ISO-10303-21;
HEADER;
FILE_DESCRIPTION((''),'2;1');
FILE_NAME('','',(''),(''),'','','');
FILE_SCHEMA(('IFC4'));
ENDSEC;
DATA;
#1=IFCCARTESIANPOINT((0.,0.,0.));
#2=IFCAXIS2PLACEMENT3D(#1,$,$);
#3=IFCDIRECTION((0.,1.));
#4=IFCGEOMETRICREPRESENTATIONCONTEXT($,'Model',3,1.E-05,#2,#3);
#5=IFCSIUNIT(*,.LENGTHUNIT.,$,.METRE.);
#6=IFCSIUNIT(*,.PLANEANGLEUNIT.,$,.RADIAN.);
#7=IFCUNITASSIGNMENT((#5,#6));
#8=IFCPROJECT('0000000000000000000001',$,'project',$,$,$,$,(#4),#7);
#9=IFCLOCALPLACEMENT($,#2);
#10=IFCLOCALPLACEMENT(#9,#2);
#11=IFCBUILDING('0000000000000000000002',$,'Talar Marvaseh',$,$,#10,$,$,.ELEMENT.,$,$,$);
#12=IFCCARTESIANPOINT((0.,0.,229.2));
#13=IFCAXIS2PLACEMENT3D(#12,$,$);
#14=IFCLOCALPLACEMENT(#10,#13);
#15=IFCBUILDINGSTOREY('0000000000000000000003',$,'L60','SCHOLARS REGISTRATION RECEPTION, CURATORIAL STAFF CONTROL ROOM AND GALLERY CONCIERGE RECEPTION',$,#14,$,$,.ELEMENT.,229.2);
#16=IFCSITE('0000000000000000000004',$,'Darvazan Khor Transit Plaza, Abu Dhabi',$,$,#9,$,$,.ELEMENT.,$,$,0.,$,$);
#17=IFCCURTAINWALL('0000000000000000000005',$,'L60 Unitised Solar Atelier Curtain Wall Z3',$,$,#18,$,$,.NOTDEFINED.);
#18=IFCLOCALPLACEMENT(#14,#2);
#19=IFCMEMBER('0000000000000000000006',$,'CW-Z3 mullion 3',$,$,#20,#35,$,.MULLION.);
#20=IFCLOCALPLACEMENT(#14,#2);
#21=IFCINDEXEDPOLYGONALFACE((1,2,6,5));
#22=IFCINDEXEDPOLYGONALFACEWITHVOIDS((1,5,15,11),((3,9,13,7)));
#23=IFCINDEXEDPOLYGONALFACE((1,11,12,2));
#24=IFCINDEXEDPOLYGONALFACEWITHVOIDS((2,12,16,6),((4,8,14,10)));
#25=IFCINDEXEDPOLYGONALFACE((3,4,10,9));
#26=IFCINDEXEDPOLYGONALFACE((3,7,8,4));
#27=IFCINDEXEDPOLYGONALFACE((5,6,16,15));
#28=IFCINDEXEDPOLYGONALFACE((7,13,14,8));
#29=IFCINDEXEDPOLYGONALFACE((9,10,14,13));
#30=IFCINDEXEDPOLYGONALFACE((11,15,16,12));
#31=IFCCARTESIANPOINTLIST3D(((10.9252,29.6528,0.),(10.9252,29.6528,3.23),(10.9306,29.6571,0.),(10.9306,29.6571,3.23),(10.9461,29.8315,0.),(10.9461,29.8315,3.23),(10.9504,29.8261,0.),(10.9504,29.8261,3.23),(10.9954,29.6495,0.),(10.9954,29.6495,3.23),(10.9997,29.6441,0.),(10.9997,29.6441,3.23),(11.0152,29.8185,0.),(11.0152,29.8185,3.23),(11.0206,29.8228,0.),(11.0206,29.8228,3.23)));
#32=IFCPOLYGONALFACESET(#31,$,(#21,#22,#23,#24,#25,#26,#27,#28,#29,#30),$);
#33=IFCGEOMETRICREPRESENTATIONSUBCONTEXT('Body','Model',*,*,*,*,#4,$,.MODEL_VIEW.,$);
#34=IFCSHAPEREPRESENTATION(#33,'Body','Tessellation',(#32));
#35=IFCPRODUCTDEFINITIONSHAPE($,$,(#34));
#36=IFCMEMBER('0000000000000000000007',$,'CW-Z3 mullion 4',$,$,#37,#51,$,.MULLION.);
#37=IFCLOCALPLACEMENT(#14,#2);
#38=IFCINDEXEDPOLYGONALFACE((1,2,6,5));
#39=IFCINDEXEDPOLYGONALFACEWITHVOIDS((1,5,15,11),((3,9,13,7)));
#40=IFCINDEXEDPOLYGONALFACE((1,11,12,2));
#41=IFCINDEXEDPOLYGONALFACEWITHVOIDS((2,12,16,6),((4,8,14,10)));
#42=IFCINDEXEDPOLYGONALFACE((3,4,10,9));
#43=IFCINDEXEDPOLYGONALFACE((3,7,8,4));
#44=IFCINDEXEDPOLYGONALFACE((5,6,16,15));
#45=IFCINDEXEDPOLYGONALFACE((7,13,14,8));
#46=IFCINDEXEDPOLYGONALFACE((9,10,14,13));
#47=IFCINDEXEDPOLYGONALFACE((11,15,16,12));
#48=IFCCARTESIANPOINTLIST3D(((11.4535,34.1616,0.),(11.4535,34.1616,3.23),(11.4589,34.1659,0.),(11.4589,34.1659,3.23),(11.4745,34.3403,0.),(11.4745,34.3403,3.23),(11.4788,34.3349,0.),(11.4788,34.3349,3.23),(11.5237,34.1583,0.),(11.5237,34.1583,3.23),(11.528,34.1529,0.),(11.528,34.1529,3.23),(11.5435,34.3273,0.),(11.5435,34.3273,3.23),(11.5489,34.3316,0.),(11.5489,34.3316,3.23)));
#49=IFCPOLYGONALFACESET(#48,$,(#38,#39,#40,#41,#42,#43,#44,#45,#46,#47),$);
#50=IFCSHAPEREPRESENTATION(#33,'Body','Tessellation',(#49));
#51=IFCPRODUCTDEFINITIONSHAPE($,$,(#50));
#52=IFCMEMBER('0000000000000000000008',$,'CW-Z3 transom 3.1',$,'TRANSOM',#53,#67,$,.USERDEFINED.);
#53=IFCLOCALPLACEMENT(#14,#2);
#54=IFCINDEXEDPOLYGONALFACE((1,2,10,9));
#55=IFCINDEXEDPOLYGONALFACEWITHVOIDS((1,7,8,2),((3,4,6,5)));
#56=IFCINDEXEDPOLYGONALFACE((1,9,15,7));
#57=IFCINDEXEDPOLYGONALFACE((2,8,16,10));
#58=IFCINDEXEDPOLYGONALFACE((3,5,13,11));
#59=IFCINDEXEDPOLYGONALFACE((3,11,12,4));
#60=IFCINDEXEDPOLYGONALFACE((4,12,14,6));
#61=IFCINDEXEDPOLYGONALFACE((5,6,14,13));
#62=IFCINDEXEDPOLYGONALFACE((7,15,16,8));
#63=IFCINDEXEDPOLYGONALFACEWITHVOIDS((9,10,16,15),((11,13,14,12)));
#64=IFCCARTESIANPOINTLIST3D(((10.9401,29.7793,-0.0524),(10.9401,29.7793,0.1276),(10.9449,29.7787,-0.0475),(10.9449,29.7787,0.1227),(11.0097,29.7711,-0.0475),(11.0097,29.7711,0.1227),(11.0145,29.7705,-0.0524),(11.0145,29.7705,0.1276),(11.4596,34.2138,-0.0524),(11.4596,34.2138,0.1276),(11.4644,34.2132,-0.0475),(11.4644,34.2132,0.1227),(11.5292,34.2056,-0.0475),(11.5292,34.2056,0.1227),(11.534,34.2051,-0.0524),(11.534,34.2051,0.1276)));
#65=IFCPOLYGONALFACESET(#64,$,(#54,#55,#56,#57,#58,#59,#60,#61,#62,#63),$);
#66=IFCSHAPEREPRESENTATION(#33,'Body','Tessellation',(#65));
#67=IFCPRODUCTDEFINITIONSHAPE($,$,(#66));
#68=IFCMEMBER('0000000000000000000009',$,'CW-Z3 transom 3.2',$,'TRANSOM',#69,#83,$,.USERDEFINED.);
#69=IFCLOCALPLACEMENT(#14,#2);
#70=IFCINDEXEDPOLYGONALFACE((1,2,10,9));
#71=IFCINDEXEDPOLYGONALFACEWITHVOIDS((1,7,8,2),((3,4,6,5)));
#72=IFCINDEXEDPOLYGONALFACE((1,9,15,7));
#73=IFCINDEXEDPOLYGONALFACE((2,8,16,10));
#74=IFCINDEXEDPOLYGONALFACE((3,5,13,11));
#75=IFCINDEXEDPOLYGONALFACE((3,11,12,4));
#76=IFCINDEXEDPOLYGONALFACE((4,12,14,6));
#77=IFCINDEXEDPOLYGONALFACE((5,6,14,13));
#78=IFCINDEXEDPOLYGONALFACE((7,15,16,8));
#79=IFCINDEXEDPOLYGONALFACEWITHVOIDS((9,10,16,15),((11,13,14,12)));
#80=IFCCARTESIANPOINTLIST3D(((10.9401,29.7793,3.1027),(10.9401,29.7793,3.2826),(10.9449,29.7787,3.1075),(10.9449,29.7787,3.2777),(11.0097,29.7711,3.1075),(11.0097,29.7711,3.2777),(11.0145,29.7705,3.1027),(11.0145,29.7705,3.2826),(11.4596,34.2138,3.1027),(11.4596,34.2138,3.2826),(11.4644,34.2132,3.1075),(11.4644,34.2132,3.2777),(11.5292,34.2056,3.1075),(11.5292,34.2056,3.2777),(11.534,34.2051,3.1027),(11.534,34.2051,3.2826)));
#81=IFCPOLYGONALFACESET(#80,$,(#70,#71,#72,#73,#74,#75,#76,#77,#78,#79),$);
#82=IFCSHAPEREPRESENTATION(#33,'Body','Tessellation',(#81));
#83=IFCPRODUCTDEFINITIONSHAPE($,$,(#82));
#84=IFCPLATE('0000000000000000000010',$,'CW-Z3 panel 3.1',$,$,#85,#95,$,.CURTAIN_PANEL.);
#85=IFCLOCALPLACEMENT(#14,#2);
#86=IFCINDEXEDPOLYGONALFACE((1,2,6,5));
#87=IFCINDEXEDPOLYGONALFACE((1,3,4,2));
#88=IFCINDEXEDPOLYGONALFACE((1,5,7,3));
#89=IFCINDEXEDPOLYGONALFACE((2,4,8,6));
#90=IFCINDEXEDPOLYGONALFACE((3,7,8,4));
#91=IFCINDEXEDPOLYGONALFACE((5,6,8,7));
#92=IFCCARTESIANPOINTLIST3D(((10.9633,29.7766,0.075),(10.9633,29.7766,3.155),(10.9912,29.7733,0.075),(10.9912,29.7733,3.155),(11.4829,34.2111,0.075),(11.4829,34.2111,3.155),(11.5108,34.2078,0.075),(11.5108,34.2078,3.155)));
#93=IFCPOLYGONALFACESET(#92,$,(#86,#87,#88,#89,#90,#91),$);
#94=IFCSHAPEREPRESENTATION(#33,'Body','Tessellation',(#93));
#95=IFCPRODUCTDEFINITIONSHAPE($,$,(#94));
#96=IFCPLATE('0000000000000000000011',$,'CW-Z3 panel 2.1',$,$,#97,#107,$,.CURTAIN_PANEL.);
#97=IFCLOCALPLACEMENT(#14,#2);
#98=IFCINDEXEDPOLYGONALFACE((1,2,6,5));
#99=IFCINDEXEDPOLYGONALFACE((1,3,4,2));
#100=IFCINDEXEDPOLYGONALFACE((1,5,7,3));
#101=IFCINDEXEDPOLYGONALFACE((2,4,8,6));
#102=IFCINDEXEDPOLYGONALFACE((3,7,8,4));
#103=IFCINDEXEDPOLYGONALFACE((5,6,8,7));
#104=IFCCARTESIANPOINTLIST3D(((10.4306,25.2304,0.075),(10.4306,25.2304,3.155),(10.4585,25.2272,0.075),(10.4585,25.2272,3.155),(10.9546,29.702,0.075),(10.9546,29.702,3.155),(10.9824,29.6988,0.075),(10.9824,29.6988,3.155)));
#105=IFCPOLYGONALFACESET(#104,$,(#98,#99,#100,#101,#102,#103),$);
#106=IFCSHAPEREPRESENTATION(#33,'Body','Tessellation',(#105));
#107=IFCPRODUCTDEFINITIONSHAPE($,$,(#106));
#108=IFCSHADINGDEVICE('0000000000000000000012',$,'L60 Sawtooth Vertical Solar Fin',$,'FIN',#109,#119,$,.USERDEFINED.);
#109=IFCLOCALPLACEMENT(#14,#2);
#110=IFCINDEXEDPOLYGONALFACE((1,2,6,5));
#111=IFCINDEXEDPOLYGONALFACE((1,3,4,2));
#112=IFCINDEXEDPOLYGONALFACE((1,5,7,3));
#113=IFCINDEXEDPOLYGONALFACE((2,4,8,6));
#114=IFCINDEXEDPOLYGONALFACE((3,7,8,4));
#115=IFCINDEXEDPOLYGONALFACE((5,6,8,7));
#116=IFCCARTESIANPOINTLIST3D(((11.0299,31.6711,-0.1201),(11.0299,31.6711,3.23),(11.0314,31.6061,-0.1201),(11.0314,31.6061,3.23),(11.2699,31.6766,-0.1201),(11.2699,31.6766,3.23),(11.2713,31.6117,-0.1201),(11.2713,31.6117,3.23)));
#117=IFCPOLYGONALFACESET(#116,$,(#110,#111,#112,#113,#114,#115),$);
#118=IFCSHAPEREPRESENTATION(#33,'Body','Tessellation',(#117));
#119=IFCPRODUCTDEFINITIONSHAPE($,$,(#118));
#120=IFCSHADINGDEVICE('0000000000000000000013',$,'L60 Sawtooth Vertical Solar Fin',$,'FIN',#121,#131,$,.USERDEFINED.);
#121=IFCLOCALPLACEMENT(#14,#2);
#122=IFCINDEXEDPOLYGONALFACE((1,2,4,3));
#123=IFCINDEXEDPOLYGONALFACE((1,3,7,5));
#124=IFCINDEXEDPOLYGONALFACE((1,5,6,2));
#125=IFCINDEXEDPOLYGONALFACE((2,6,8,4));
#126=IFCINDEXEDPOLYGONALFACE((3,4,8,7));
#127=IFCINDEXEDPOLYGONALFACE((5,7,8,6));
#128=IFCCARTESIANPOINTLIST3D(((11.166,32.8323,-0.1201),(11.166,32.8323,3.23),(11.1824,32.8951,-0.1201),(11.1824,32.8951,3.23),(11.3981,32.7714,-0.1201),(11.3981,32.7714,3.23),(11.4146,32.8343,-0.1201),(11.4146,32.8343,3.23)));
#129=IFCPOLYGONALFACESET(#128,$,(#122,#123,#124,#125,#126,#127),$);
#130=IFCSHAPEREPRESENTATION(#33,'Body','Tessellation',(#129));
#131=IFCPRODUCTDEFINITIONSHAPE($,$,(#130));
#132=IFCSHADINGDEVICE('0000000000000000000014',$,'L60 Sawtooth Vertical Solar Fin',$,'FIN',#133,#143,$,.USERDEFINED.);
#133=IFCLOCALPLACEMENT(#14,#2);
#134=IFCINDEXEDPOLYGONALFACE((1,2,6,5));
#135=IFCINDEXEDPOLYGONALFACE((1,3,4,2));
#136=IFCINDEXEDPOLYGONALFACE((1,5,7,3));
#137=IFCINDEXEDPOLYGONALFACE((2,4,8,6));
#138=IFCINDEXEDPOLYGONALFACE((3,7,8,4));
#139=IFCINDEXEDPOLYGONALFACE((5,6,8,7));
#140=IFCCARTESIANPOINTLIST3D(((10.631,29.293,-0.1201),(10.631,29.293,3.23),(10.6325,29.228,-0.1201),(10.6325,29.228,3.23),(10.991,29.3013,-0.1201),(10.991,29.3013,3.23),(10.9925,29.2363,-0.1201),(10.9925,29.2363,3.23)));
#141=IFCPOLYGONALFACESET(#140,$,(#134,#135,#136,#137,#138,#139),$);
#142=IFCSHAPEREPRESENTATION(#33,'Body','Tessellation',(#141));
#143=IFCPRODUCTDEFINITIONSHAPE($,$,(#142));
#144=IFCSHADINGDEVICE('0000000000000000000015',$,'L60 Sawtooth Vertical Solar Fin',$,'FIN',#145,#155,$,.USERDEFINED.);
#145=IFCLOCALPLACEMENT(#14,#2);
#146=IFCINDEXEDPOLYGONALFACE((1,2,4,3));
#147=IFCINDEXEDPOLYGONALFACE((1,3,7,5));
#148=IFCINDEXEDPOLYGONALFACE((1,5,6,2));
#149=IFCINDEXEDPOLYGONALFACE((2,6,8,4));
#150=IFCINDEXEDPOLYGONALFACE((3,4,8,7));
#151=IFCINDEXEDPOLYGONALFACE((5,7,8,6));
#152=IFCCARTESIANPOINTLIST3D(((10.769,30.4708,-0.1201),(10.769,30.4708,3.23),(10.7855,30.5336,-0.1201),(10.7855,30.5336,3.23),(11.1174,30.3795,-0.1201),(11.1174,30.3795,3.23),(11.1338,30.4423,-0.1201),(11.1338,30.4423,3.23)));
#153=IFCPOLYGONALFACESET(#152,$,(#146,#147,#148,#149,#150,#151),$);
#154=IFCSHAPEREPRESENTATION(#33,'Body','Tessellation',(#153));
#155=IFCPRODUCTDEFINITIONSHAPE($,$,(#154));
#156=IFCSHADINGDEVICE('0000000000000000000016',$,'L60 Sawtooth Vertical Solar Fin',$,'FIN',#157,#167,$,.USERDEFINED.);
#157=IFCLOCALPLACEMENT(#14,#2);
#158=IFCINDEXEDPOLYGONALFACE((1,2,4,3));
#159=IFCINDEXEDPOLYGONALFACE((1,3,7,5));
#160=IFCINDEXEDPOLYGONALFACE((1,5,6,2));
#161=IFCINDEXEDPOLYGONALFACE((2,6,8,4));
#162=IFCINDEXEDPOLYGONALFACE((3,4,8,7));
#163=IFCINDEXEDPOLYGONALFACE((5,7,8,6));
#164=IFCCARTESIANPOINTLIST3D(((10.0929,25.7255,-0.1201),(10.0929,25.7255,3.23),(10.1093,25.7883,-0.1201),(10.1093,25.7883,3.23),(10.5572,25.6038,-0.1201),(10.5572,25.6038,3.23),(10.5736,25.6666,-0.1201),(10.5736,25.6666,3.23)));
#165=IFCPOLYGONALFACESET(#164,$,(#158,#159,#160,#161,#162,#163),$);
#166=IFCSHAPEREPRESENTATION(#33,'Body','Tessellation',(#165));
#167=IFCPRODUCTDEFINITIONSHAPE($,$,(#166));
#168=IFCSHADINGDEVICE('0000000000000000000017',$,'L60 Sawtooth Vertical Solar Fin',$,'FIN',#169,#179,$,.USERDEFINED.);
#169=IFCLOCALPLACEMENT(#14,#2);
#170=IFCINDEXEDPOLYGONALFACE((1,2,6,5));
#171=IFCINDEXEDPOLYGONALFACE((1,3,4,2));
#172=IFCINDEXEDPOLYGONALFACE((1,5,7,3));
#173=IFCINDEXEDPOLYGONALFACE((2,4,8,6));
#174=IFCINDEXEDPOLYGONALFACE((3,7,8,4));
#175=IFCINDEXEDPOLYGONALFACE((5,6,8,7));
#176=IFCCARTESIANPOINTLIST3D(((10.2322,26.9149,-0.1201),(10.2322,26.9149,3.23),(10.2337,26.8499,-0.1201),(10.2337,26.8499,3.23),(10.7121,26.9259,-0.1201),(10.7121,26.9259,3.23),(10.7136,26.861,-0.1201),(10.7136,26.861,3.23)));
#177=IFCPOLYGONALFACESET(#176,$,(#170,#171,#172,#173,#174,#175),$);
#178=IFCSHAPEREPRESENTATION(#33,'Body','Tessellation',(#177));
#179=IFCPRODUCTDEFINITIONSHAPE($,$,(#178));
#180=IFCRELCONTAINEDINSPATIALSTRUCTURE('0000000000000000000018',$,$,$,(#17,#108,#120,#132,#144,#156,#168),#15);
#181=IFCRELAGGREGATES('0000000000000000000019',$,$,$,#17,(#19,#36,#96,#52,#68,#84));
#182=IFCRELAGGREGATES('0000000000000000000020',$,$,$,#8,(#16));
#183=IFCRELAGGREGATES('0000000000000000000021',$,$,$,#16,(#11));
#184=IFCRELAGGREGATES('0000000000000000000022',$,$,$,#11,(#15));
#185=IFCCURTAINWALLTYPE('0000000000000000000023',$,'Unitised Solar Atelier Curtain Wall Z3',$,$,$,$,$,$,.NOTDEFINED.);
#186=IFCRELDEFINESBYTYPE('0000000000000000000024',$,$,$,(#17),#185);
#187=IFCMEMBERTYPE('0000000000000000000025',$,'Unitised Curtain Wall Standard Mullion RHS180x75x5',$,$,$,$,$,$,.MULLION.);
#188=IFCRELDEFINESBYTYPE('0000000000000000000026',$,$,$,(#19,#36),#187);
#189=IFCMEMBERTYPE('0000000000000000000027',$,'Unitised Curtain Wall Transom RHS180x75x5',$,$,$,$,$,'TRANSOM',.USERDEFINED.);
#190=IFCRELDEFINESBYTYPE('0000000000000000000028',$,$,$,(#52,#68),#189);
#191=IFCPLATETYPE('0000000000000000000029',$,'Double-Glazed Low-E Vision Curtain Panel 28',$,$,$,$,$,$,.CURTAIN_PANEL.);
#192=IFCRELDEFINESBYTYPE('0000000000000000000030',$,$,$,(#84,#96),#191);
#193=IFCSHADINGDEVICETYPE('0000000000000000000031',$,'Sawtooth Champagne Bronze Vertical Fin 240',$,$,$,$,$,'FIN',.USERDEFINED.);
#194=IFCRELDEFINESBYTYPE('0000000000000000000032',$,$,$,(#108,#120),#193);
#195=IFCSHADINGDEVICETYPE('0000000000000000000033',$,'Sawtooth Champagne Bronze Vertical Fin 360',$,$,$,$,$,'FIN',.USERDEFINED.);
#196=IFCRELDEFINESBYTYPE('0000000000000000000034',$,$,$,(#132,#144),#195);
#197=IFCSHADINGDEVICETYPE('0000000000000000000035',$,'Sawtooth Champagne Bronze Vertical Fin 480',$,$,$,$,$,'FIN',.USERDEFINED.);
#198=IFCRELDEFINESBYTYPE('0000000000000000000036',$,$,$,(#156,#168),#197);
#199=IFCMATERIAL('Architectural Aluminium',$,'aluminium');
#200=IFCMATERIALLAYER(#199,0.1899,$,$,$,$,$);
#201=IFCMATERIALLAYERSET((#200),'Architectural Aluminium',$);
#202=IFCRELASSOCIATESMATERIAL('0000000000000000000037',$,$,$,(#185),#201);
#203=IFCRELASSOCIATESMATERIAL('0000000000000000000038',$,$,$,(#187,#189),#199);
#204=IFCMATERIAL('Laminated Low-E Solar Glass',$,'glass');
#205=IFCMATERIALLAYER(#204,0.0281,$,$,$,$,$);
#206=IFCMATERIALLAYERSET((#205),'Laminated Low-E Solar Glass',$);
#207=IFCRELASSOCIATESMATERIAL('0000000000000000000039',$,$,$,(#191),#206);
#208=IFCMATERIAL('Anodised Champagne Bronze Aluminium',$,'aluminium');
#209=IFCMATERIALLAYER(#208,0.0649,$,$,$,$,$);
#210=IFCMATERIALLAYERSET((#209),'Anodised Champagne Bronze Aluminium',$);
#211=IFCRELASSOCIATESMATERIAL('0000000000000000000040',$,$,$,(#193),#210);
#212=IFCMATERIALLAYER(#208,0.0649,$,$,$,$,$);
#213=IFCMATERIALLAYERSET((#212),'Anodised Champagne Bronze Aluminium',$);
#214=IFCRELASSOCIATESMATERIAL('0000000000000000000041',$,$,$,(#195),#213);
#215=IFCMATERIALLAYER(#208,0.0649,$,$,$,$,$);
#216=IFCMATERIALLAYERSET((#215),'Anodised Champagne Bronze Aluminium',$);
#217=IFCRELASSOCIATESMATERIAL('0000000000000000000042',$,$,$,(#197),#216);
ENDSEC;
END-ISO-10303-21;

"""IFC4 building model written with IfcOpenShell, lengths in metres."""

from ifc_helpers import new_model, si_unit, direction, frame, origin, origin_2d, place, context, subcontext, project, spatial, rectangle, hollow_rectangle, extrude, source, transform, mapped, material, layer, layer_set, material_profile, profile_set, type_object, type_shapes, element, aggregate, save


model = new_model("IFC4")

# Units and contexts
model_context = context("Model", 3, precision=1e-05, world=origin(), true_north=direction((0.0, 1.0)))
body_context = subcontext(model_context, "Body", "Model", "MODEL_VIEW")
ifc_project = project(units=[si_unit("LENGTHUNIT", "METRE"), si_unit("PLANEANGLEUNIT", "RADIAN")], contexts=[model_context])

# Site, building, storey
site_placement = place(None, origin())
site = spatial("IfcSite", under=ifc_project, at=site_placement, Name="Darvazan Khor Transit Plaza, Abu Dhabi", CompositionType="ELEMENT", RefElevation=0.0)
building_placement = place(site_placement, origin())
building = spatial("IfcBuilding", under=site, at=building_placement, Name="Talar Marvaseh", CompositionType="ELEMENT")
storey_placement = place(building_placement, frame((0.0, 0.0, 229.2)))
storey = spatial("IfcBuildingStorey", under=building, at=storey_placement, Name="L60", Description="SCHOLARS REGISTRATION RECEPTION, CURATORIAL STAFF CONTROL ROOM AND GALLERY CONCIERGE RECEPTION", CompositionType="ELEMENT", Elevation=229.2)

# Curtain wall, members, plates
ifc_material_1 = material(Name="Architectural Aluminium", Category="aluminium")
ifc_layer_1 = layer(ifc_material_1, 0.1899)
ifc_layer_set_1 = layer_set([ifc_layer_1], Name="Architectural Aluminium")
curtain_wall_type = type_object("IfcCurtainWallType", Name="Unitised Solar Atelier Curtain Wall Z3", PredefinedType="NOTDEFINED", material=ifc_layer_set_1)
curtain_wall_placement = place(storey_placement, origin())
curtain_wall = element("IfcCurtainWall", 1, at=curtain_wall_placement, inside=storey, type_object=curtain_wall_type, Name="L60 Unitised Solar Atelier Curtain Wall Z3", PredefinedType="NOTDEFINED")
ifc_material_profile_1 = material_profile(ifc_material_1, hollow_rectangle(XDim=0.075, YDim=0.1799, WallThickness=0.0049, at=origin_2d()), Name="RHS180x75x5")
ifc_profile_set_1 = profile_set([ifc_material_profile_1], Name="Architectural Aluminium")
member_type_1 = type_object("IfcMemberType", Name="Unitised Curtain Wall Standard Mullion RHS180x75x5", PredefinedType="MULLION", material=ifc_profile_set_1)
shared_shape_1 = source(origin(), body_context, "Body", "SweptSolid", [
    extrude(hollow_rectangle(XDim=0.075, YDim=0.1799, WallThickness=0.0049, at=origin_2d()), origin(), (0.0, 0.0, 1.0), 3.23),
])
type_shapes(member_type_1, [shared_shape_1])
member_1_placement = place(storey_placement, frame((10.9729, 29.7378, 0.0), z_axis=(0.0, 0.0, 1.0), x_axis=(-0.993206, 0.116366, 0.0)))
member_1 = element("IfcMember", 2, at=member_1_placement, type_object=member_type_1, Name="CW-Z3 mullion 3", PredefinedType="MULLION", context=body_context, shape_type="MappedRepresentation", body=[
    mapped(shared_shape_1, transform((0.0, 0.0, 0.0), x_axis=(1.0, 0.0, 0.0), y_axis=(0.0, 1.0, 0.0), z_axis=(0.0, 0.0, 1.0), scale=1.0)),
])
member_2_placement = place(storey_placement, frame((11.5012, 34.2466, 0.0), z_axis=(0.0, 0.0, 1.0), x_axis=(-0.993206, 0.116366, 0.0)))
member_2 = element("IfcMember", 3, at=member_2_placement, type_object=member_type_1, Name="CW-Z3 mullion 4", PredefinedType="MULLION", context=body_context, shape_type="MappedRepresentation", body=[
    mapped(shared_shape_1, transform((0.0, 0.0, 0.0), x_axis=(1.0, 0.0, 0.0), y_axis=(0.0, 1.0, 0.0), z_axis=(0.0, 0.0, 1.0), scale=1.0)),
])
ifc_material_profile_2 = material_profile(ifc_material_1, hollow_rectangle(XDim=0.075, YDim=0.1799, WallThickness=0.0049, at=origin_2d()), Name="RHS180x75x5")
ifc_profile_set_2 = profile_set([ifc_material_profile_2], Name="Architectural Aluminium")
member_type_2 = type_object("IfcMemberType", Name="Unitised Curtain Wall Transom RHS180x75x5", ElementType="TRANSOM", PredefinedType="USERDEFINED", material=ifc_profile_set_2)
shared_shape_2 = source(origin(), body_context, "Body", "SweptSolid", [
    extrude(hollow_rectangle(XDim=0.075, YDim=0.1799, WallThickness=0.0049, at=origin_2d()), origin(), (0.0, 0.0, 1.0), 4.4648),
])
type_shapes(member_type_2, [shared_shape_2])
member_3_placement = place(storey_placement, frame((10.9773, 29.7749, 0.0376), z_axis=(0.116359, 0.993207, 0.0), x_axis=(-0.993207, 0.116359, 0.0)))
member_3 = element("IfcMember", 4, at=member_3_placement, type_object=member_type_2, Name="CW-Z3 transom 3.1", ObjectType="TRANSOM", PredefinedType="USERDEFINED", context=body_context, shape_type="MappedRepresentation", body=[
    mapped(shared_shape_2, transform((0.0, 0.0, 0.0), x_axis=(1.0, 0.0, 0.0), y_axis=(0.0, 1.0, 0.0), z_axis=(0.0, 0.0, 1.0), scale=1.0)),
])
member_4_placement = place(storey_placement, frame((10.9773, 29.7749, 3.1926), z_axis=(0.116359, 0.993207, 0.0), x_axis=(-0.993207, 0.116359, 0.0)))
member_4 = element("IfcMember", 5, at=member_4_placement, type_object=member_type_2, Name="CW-Z3 transom 3.2", ObjectType="TRANSOM", PredefinedType="USERDEFINED", context=body_context, shape_type="MappedRepresentation", body=[
    mapped(shared_shape_2, transform((0.0, 0.0, 0.0), x_axis=(1.0, 0.0, 0.0), y_axis=(0.0, 1.0, 0.0), z_axis=(0.0, 0.0, 1.0), scale=1.0)),
])
ifc_material_2 = material(Name="Laminated Low-E Solar Glass", Category="glass")
ifc_layer_2 = layer(ifc_material_2, 0.0281)
ifc_layer_set_2 = layer_set([ifc_layer_2], Name="Laminated Low-E Solar Glass")
plate_type = type_object("IfcPlateType", Name="Double-Glazed Low-E Vision Curtain Panel 28", PredefinedType="CURTAIN_PANEL", material=ifc_layer_set_2)
shared_shape_3 = source(origin(), body_context, "Body", "SweptSolid", [
    extrude(rectangle(XDim=4.4648, YDim=0.0281, at=origin_2d()), origin(), (0.0, 0.0, 1.0), 3.0801),
])
plate_1_placement = place(storey_placement, frame((11.2371, 31.9922, 0.075), z_axis=(0.0, 0.0, 1.0), x_axis=(0.116366, 0.993206, 0.0)))
plate_1 = element("IfcPlate", 6, at=plate_1_placement, type_object=plate_type, Name="CW-Z3 panel 3.1", PredefinedType="CURTAIN_PANEL", context=body_context, shape_type="MappedRepresentation", body=[
    mapped(shared_shape_3, transform((0.0, 0.0, 0.0), x_axis=(1.0, 0.0, 0.0), y_axis=(0.0, 1.0, 0.0), z_axis=(0.0, 0.0, 1.0), scale=1.0)),
])
shared_shape_4 = source(origin(), body_context, "Body", "SweptSolid", [
    extrude(rectangle(XDim=4.5022, YDim=0.0281, at=origin_2d()), origin(), (0.0, 0.0, 1.0), 3.0801),
])
type_shapes(plate_type, [shared_shape_3, shared_shape_4])
plate_2_placement = place(storey_placement, frame((10.7065, 27.4646, 0.075), z_axis=(0.0, 0.0, 1.0), x_axis=(0.116366, 0.993206, 0.0)))
plate_2 = element("IfcPlate", 7, at=plate_2_placement, type_object=plate_type, Name="CW-Z3 panel 2.1", PredefinedType="CURTAIN_PANEL", context=body_context, shape_type="MappedRepresentation", body=[
    mapped(shared_shape_4, transform((0.0, 0.0, 0.0), x_axis=(1.0, 0.0, 0.0), y_axis=(0.0, 1.0, 0.0), z_axis=(0.0, 0.0, 1.0), scale=1.0)),
])
aggregate(curtain_wall, [member_1, member_2, plate_2, member_3, member_4, plate_1])

# Shading devices
ifc_material_3 = material(Name="Anodised Champagne Bronze Aluminium", Category="aluminium")
ifc_layer_3 = layer(ifc_material_3, 0.0649)
ifc_layer_set_3 = layer_set([ifc_layer_3], Name="Anodised Champagne Bronze Aluminium")
shading_device_type_1 = type_object("IfcShadingDeviceType", Name="Sawtooth Champagne Bronze Vertical Fin 240", ElementType="FIN", PredefinedType="USERDEFINED", material=ifc_layer_set_3)
shared_shape_5 = source(origin(), body_context, "Body", "SweptSolid", [
    extrude(rectangle(XDim=0.24, YDim=0.0649, at=origin_2d()), origin(), (0.0, 0.0, 1.0), 3.3501),
])
type_shapes(shading_device_type_1, [shared_shape_5])
for number, where, z_axis, x_axis, name in (
    (8, (11.1506, 31.6414, -0.1201), (0.0, 0.0, 1.0), (-0.999735, -0.023036, 0.0), "L60 Sawtooth Vertical Solar Fin"),
    (9, (11.2903, 32.8333, -0.1201), (0.0, 0.0, 1.0), (-0.967356, 0.25342, 0.0), "L60 Sawtooth Vertical Solar Fin"),
):
    element("IfcShadingDevice", number, at=place(storey_placement, frame(where, z_axis=z_axis, x_axis=x_axis)), inside=storey, type_object=shading_device_type_1, Name=name, ObjectType="FIN", PredefinedType="USERDEFINED", context=body_context, shape_type="MappedRepresentation", body=[
        mapped(shared_shape_5, transform((0.0, 0.0, 0.0), x_axis=(1.0, 0.0, 0.0), y_axis=(0.0, 1.0, 0.0), z_axis=(0.0, 0.0, 1.0), scale=1.0)),
    ])
ifc_layer_4 = layer(ifc_material_3, 0.0649)
ifc_layer_set_4 = layer_set([ifc_layer_4], Name="Anodised Champagne Bronze Aluminium")
shading_device_type_2 = type_object("IfcShadingDeviceType", Name="Sawtooth Champagne Bronze Vertical Fin 360", ElementType="FIN", PredefinedType="USERDEFINED", material=ifc_layer_set_4)
shared_shape_6 = source(origin(), body_context, "Body", "SweptSolid", [
    extrude(rectangle(XDim=0.3601, YDim=0.0649, at=origin_2d()), origin(), (0.0, 0.0, 1.0), 3.3501),
])
type_shapes(shading_device_type_2, [shared_shape_6])
for number, where, z_axis, x_axis, name in (
    (10, (10.8118, 29.2646, -0.1201), (0.0, 0.0, 1.0), (-0.999735, -0.023036, 0.0), "L60 Sawtooth Vertical Solar Fin"),
    (11, (10.9514, 30.4565, -0.1201), (0.0, 0.0, 1.0), (-0.967356, 0.25342, 0.0), "L60 Sawtooth Vertical Solar Fin"),
):
    element("IfcShadingDevice", number, at=place(storey_placement, frame(where, z_axis=z_axis, x_axis=x_axis)), inside=storey, type_object=shading_device_type_2, Name=name, ObjectType="FIN", PredefinedType="USERDEFINED", context=body_context, shape_type="MappedRepresentation", body=[
        mapped(shared_shape_6, transform((0.0, 0.0, 0.0), x_axis=(1.0, 0.0, 0.0), y_axis=(0.0, 1.0, 0.0), z_axis=(0.0, 0.0, 1.0), scale=1.0)),
    ])
ifc_layer_5 = layer(ifc_material_3, 0.0649)
ifc_layer_set_5 = layer_set([ifc_layer_5], Name="Anodised Champagne Bronze Aluminium")
shading_device_type_3 = type_object("IfcShadingDeviceType", Name="Sawtooth Champagne Bronze Vertical Fin 480", ElementType="FIN", PredefinedType="USERDEFINED", material=ifc_layer_set_5)
shared_shape_7 = source(origin(), body_context, "Body", "SweptSolid", [
    extrude(rectangle(XDim=0.48, YDim=0.0649, at=origin_2d()), origin(), (0.0, 0.0, 1.0), 3.3501),
])
type_shapes(shading_device_type_3, [shared_shape_7])
for number, where, z_axis, x_axis, name in (
    (12, (10.3333, 25.696, -0.1201), (0.0, 0.0, 1.0), (-0.967356, 0.25342, 0.0), "L60 Sawtooth Vertical Solar Fin"),
    (13, (10.4729, 26.8879, -0.1201), (0.0, 0.0, 1.0), (-0.999735, -0.023036, 0.0), "L60 Sawtooth Vertical Solar Fin"),
):
    element("IfcShadingDevice", number, at=place(storey_placement, frame(where, z_axis=z_axis, x_axis=x_axis)), inside=storey, type_object=shading_device_type_3, Name=name, ObjectType="FIN", PredefinedType="USERDEFINED", context=body_context, shape_type="MappedRepresentation", body=[
        mapped(shared_shape_7, transform((0.0, 0.0, 0.0), x_axis=(1.0, 0.0, 0.0), y_axis=(0.0, 1.0, 0.0), z_axis=(0.0, 0.0, 1.0), scale=1.0)),
    ])

save(model, "model.ifc")
